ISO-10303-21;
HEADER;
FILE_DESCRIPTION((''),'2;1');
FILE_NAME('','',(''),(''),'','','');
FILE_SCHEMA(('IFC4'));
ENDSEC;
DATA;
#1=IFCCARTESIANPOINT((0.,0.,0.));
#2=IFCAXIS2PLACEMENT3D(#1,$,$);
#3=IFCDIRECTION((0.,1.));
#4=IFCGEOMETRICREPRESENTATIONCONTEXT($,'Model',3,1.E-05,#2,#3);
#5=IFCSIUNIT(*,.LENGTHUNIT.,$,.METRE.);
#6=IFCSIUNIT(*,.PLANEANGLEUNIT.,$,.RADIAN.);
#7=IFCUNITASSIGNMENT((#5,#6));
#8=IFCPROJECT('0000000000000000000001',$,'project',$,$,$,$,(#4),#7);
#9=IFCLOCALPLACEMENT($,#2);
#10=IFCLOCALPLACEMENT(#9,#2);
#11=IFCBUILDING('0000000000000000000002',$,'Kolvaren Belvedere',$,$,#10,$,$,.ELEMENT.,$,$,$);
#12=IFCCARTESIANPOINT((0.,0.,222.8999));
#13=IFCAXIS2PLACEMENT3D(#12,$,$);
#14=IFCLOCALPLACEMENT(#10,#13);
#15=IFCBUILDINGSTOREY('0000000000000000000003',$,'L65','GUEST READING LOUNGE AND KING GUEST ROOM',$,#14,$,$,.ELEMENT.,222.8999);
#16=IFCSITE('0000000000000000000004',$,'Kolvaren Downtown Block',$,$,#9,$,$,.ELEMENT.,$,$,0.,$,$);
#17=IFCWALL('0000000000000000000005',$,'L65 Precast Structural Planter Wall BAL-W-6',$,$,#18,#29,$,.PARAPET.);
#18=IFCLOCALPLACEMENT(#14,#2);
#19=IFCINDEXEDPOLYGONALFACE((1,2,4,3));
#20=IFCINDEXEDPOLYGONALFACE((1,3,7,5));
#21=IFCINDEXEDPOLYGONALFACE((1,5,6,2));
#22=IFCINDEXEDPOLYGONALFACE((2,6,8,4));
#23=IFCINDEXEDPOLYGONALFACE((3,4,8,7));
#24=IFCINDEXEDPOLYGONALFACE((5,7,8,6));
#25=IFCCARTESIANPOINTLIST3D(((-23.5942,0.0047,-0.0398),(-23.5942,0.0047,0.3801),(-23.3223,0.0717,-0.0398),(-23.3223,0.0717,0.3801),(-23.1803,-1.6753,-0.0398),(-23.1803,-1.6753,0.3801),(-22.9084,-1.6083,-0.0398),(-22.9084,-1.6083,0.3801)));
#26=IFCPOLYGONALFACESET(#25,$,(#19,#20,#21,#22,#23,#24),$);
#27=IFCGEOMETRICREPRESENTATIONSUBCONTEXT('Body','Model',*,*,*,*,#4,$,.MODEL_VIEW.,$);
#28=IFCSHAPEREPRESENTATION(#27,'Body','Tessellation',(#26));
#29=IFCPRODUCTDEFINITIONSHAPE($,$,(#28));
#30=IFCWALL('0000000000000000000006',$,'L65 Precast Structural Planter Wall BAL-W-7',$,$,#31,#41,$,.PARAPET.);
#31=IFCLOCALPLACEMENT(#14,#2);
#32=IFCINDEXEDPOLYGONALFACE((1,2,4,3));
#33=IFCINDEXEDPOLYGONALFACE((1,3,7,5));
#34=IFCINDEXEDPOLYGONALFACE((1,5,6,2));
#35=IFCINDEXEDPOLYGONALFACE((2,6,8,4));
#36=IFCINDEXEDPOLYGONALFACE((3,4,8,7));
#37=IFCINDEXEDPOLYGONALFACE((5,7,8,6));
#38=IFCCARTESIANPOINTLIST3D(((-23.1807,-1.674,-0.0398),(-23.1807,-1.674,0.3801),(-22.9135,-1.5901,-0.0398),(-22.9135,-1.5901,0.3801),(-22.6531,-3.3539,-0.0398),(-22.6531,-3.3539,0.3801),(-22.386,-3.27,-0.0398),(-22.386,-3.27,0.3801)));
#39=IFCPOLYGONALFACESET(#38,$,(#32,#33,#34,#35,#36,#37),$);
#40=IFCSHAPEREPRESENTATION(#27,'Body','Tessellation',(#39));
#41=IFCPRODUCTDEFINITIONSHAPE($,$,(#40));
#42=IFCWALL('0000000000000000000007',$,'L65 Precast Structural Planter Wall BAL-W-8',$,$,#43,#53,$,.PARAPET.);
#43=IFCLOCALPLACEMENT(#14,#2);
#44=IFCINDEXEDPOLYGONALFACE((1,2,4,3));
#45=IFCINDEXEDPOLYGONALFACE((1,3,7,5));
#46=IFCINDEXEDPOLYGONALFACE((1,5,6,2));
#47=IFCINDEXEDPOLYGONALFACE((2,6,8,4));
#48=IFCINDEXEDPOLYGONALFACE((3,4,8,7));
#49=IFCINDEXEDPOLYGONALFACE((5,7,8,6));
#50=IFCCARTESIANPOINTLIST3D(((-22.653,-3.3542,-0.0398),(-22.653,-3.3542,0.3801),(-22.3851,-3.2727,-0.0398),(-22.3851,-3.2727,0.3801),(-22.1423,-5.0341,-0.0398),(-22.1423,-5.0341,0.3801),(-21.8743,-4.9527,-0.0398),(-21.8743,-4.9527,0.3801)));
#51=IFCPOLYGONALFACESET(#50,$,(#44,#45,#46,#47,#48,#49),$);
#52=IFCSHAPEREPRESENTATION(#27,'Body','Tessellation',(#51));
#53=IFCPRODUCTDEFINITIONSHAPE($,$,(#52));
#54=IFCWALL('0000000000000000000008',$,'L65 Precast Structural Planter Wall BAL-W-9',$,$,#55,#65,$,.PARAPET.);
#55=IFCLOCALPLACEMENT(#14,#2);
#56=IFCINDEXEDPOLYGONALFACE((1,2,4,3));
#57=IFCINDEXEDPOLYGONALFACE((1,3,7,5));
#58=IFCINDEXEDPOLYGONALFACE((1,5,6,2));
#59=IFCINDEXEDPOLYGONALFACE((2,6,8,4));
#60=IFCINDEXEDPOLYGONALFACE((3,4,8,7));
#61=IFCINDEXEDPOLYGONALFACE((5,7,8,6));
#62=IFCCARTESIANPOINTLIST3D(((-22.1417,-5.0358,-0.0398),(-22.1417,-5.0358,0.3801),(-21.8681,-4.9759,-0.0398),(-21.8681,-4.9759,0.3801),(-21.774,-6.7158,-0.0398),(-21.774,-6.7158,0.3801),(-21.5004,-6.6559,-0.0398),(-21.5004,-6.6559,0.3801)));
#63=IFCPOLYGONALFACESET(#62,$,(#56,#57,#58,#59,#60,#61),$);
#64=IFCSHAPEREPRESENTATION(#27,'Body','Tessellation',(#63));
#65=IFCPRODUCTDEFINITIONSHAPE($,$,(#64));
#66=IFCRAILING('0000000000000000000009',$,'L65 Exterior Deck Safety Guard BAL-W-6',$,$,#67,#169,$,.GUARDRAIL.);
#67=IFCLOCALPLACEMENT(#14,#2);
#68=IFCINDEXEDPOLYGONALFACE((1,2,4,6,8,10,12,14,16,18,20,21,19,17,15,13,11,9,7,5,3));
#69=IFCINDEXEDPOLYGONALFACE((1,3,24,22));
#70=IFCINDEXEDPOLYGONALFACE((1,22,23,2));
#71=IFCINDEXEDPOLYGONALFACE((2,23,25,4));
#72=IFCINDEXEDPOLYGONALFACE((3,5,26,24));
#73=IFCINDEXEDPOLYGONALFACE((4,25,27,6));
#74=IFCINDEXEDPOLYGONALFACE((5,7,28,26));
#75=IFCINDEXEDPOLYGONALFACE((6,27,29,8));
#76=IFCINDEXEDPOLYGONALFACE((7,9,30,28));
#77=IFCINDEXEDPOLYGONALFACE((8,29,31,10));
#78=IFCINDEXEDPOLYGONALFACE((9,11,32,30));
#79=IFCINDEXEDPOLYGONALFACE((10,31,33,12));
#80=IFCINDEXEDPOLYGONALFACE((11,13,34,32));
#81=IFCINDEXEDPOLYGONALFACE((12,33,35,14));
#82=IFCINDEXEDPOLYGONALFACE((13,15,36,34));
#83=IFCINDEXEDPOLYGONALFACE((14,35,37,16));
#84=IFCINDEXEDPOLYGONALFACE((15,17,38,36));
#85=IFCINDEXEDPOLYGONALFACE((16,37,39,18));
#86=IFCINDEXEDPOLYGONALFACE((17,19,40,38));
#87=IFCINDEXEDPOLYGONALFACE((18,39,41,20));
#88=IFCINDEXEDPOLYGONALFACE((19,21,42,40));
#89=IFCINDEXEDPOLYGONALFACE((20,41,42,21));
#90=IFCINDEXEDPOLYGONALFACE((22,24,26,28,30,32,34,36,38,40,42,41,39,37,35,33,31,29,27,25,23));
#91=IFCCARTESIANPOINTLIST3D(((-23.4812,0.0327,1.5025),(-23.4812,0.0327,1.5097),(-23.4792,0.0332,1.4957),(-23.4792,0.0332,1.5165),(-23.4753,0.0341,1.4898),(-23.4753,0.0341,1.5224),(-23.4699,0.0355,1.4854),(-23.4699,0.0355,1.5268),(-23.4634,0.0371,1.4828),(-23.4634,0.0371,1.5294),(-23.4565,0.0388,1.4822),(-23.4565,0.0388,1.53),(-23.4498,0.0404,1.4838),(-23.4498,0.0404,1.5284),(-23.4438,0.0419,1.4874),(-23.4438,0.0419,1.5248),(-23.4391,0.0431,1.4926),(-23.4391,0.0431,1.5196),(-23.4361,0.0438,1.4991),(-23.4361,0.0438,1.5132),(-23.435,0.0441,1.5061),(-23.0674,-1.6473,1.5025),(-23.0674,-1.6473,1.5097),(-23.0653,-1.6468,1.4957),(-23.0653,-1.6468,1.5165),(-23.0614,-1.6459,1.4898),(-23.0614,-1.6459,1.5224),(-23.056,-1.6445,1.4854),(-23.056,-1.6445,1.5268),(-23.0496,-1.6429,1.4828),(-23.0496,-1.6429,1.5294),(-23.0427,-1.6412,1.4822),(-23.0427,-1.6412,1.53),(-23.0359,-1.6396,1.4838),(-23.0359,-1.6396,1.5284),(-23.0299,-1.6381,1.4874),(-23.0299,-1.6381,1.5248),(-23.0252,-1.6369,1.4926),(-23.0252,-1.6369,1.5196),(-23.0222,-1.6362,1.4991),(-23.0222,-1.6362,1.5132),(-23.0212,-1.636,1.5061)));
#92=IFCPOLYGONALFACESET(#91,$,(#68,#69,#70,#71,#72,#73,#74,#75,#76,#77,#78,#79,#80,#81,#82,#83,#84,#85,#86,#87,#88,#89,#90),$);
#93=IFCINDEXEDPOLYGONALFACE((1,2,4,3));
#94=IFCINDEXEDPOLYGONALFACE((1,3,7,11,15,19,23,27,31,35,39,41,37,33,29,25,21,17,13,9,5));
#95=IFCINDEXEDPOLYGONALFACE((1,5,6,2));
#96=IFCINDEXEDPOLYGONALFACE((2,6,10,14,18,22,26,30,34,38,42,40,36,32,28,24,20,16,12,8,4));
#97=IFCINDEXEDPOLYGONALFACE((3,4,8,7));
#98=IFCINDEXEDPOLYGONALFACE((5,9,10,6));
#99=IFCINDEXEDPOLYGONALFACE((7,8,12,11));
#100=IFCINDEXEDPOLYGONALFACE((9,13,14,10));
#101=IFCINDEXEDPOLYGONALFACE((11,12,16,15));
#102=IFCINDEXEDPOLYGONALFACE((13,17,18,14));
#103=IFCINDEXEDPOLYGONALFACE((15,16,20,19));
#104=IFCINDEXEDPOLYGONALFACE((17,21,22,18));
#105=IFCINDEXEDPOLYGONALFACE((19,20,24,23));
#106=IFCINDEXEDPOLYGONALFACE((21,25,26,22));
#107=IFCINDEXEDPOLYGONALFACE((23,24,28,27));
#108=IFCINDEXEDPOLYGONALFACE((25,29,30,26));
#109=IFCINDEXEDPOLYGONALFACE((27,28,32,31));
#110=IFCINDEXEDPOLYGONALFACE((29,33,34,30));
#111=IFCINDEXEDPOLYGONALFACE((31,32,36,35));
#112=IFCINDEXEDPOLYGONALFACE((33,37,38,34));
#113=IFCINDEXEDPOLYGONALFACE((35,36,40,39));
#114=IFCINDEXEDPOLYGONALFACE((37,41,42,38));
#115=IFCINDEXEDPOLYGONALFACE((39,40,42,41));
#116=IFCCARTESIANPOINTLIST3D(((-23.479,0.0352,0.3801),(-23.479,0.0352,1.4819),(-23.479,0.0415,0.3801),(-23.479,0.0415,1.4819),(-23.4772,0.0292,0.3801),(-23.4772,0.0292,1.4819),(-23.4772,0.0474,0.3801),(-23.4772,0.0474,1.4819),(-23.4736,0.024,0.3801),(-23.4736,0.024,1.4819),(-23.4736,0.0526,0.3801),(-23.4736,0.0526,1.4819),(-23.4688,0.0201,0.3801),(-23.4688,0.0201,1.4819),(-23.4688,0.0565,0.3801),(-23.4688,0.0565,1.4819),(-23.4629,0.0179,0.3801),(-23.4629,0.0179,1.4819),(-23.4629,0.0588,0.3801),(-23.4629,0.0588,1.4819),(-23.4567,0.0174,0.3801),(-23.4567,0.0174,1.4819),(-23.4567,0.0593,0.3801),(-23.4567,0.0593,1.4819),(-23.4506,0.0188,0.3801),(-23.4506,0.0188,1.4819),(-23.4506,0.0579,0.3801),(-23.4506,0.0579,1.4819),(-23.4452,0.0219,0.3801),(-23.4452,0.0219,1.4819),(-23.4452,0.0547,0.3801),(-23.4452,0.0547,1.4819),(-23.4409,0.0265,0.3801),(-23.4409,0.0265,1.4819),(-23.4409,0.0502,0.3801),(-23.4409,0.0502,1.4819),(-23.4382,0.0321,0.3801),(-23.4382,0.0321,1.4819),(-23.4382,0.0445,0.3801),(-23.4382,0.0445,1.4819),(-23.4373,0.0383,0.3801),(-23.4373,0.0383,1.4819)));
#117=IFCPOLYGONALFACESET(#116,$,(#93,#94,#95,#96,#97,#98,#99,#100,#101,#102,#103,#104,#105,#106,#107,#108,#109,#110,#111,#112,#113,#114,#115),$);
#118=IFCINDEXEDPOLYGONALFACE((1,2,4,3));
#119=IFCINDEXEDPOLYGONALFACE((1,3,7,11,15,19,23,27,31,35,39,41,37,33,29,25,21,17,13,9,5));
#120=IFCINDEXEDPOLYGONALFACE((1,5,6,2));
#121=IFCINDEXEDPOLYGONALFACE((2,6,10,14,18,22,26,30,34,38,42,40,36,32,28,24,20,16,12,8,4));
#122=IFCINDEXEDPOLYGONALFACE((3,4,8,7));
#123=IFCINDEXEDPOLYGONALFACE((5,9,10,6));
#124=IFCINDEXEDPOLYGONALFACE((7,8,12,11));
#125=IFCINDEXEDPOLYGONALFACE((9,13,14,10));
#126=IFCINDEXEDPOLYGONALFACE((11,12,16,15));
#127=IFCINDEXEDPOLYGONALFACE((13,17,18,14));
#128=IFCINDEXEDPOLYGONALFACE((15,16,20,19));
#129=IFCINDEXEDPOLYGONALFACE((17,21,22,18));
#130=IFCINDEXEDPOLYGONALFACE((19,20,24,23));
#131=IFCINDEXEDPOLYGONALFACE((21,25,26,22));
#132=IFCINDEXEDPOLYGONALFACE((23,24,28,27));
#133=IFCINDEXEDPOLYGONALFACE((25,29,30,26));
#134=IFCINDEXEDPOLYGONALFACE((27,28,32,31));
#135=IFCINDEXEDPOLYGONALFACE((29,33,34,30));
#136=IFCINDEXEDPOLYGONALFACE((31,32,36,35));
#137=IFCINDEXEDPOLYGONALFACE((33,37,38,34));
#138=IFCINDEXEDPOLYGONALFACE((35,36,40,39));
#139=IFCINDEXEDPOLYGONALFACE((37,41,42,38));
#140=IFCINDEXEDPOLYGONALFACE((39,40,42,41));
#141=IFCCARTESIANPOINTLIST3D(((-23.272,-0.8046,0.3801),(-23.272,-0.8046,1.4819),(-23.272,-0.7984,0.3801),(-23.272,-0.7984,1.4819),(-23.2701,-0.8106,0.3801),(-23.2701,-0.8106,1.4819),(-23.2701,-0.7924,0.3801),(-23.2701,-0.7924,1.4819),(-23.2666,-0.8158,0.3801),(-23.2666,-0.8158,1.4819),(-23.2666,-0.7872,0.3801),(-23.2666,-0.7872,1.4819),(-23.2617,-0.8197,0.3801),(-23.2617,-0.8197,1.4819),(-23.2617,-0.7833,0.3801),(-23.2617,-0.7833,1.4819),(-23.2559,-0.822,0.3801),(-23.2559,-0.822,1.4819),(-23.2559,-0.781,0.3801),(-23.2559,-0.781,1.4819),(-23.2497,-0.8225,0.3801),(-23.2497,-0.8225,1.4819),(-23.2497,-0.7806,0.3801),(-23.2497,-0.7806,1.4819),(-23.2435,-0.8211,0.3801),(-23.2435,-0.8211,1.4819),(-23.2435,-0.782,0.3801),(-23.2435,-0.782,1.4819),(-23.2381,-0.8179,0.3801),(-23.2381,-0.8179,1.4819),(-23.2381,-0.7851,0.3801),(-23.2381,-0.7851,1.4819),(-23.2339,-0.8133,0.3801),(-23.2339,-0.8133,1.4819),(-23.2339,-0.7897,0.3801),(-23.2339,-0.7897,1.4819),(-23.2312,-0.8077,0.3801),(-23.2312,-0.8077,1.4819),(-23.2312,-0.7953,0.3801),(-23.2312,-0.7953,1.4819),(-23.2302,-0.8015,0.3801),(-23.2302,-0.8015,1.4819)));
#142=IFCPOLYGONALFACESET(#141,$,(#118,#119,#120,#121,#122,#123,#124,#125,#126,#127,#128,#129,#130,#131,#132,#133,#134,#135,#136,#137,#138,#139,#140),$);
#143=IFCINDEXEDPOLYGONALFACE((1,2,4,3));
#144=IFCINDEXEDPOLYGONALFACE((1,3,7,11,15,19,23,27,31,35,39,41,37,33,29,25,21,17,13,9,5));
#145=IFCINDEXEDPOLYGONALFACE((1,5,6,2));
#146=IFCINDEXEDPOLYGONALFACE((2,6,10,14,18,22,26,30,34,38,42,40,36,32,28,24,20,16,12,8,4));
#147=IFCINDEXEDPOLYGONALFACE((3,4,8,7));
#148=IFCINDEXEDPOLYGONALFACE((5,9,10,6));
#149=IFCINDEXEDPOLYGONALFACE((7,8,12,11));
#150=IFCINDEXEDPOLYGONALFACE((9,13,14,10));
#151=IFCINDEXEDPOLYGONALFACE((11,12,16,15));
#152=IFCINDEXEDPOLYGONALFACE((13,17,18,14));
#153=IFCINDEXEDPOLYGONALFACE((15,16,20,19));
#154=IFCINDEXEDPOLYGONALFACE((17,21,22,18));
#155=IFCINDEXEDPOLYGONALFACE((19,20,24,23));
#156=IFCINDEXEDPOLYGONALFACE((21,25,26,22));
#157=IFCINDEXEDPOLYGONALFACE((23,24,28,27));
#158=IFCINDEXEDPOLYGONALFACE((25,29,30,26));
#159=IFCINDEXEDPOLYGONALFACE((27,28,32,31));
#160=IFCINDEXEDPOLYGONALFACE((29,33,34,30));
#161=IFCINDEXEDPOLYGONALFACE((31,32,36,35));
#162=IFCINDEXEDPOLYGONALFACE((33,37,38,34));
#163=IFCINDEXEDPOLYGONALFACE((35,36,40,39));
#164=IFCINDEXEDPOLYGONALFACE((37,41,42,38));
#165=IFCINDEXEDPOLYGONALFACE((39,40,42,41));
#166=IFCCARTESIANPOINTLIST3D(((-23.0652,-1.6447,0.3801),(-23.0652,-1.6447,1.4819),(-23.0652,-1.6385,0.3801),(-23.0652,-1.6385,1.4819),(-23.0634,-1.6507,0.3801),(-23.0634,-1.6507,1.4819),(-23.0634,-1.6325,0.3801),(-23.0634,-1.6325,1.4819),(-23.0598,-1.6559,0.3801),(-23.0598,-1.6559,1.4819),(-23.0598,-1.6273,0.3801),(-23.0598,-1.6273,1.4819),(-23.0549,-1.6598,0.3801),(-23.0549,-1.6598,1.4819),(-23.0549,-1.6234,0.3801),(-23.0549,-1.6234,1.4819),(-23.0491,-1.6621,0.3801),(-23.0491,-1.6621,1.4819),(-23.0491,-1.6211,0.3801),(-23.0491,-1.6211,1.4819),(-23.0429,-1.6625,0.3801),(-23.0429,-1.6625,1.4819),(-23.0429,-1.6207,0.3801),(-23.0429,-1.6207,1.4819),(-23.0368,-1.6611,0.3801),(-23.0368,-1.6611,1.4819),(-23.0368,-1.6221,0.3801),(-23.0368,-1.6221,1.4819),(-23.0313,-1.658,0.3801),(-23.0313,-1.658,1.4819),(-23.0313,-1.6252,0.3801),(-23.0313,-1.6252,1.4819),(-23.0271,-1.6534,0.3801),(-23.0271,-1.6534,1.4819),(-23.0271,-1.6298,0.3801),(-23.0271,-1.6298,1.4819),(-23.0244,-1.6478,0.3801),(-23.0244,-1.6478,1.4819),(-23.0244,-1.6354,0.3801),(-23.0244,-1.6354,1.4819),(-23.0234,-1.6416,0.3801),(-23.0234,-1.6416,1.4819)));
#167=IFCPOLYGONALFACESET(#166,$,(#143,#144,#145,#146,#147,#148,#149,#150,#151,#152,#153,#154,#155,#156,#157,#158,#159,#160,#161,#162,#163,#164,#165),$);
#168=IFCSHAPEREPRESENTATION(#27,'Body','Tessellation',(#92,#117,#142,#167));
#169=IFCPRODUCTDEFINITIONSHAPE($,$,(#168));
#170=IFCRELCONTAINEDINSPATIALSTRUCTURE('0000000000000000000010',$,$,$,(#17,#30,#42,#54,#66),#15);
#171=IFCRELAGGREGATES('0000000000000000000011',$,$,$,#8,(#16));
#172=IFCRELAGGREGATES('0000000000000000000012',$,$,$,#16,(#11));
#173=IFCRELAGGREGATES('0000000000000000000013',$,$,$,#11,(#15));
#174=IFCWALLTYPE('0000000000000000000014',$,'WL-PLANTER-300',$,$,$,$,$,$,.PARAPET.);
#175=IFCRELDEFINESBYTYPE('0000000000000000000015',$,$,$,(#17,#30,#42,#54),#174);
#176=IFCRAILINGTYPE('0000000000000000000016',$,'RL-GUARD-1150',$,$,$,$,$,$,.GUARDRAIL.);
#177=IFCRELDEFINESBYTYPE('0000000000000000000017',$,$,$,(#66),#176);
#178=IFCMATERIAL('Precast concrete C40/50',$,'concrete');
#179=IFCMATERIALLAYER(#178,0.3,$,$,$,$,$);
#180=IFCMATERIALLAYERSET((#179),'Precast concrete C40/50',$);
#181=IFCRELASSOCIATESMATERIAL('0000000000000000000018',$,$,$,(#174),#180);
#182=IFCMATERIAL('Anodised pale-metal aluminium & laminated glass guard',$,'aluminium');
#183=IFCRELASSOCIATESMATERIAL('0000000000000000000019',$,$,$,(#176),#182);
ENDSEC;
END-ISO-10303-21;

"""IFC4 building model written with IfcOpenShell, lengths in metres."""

from ifc_helpers import new_model, si_unit, direction, frame, frame_2d, origin, origin_2d, place, context, subcontext, project, spatial, rectangle, circle, extrude, material, layer, layer_set, type_object, element, save


model = new_model("IFC4")

# Units and contexts
model_context = context("Model", 3, precision=1e-05, world=origin(), true_north=direction((0.0, 1.0)))
body_context = subcontext(model_context, "Body", "Model", "MODEL_VIEW")
ifc_project = project(units=[si_unit("LENGTHUNIT", "METRE"), si_unit("PLANEANGLEUNIT", "RADIAN")], contexts=[model_context])

# Site, building, storey
site_placement = place(None, origin())
site = spatial("IfcSite", under=ifc_project, at=site_placement, Name="Kolvaren Downtown Block", CompositionType="ELEMENT", RefElevation=0.0)
building_placement = place(site_placement, origin())
building = spatial("IfcBuilding", under=site, at=building_placement, Name="Kolvaren Belvedere", CompositionType="ELEMENT")
storey_placement = place(building_placement, frame((0.0, 0.0, 222.8999)))
storey = spatial("IfcBuildingStorey", under=building, at=storey_placement, Name="L65", Description="GUEST READING LOUNGE AND KING GUEST ROOM", CompositionType="ELEMENT", Elevation=222.8999)

# Walls
ifc_material_1 = material(Name="Precast concrete C40/50", Category="concrete")
ifc_layer_1 = layer(ifc_material_1, 0.3)
ifc_layer_set_1 = layer_set([ifc_layer_1], Name="Precast concrete C40/50")
wall_type_1 = type_object("IfcWallType", Name="WL-PLANTER-300", PredefinedType="PARAPET", material=ifc_layer_set_1)
wall_1_placement = place(storey_placement, frame((-23.4583, 0.0383, -0.0398), z_axis=(0.0, 0.0, 1.0), x_axis=(0.239181, -0.970975, 0.0)))
element("IfcWall", 1, at=wall_1_placement, inside=storey, type_object=wall_type_1, Name="L65 Precast Structural Planter Wall BAL-W-6", PredefinedType="PARAPET", context=body_context, shape_type="SweptSolid", body=[
    extrude(rectangle(XDim=1.7302, YDim=0.28, at=frame_2d((0.8652, 0.0))), origin(), (0.0, 0.0, 1.0), 0.4199),
])
wall_2_placement = place(storey_placement, frame((-23.0471, -1.6321, -0.0398), z_axis=(0.0, 0.0, 1.0), x_axis=(0.299625, -0.954057, 0.0)))
element("IfcWall", 2, at=wall_2_placement, inside=storey, type_object=wall_type_1, Name="L65 Precast Structural Planter Wall BAL-W-7", PredefinedType="PARAPET", context=body_context, shape_type="SweptSolid", body=[
    extrude(rectangle(XDim=1.7607, YDim=0.28, at=frame_2d((0.8804, 0.0))), origin(), (0.0, 0.0, 1.0), 0.4199),
])
wall_3_placement = place(storey_placement, frame((-22.519, -3.3135, -0.0398), z_axis=(0.0, 0.0, 1.0), x_axis=(0.290879, -0.95676, 0.0)))
element("IfcWall", 3, at=wall_3_placement, inside=storey, type_object=wall_type_1, Name="L65 Precast Structural Planter Wall BAL-W-8", PredefinedType="PARAPET", context=body_context, shape_type="SweptSolid", body=[
    extrude(rectangle(XDim=1.7559, YDim=0.28, at=frame_2d((0.8779, 0.0))), origin(), (0.0, 0.0, 1.0), 0.4199),
])
wall_4_placement = place(storey_placement, frame((-22.0049, -5.0059, -0.0398), z_axis=(0.0, 0.0, 1.0), x_axis=(0.213803, -0.976877, 0.0)))
element("IfcWall", 4, at=wall_4_placement, inside=storey, type_object=wall_type_1, Name="L65 Precast Structural Planter Wall BAL-W-9", PredefinedType="PARAPET", context=body_context, shape_type="SweptSolid", body=[
    extrude(rectangle(XDim=1.7197, YDim=0.28, at=frame_2d((0.8599, 0.0))), origin(), (0.0, 0.0, 1.0), 0.4199),
])

# Railing
ifc_material_2 = material(Name="Anodised pale-metal aluminium & laminated glass guard", Category="aluminium")
railing_type = type_object("IfcRailingType", Name="RL-GUARD-1150", PredefinedType="GUARDRAIL", material=ifc_material_2)
railing_1_placement = place(storey_placement, frame((-23.4583, 0.0383, 0.3801)))
element("IfcRailing", 5, at=railing_1_placement, inside=storey, type_object=railing_type, Name="L65 Exterior Deck Safety Guard BAL-W-6", PredefinedType="GUARDRAIL", context=body_context, shape_type="SweptSolid", body=[
    extrude(circle(Radius=0.0239, at=origin_2d()), frame((0.0, 0.0, 1.126), z_axis=(0.239181, -0.970975, 0.0), x_axis=(0.970975, 0.239181, 0.0)), (0.0, 0.0, 1.0), 1.7302),
    extrude(circle(Radius=0.021, at=origin_2d()), origin(), (0.0, 0.0, 1.0), 1.1018),
    extrude(circle(Radius=0.021, at=origin_2d()), frame((0.207, -0.8398, 0.0)), (0.0, 0.0, 1.0), 1.1018),
    extrude(circle(Radius=0.021, at=origin_2d()), frame((0.4138, -1.6799, 0.0)), (0.0, 0.0, 1.0), 1.1018),
])

save(model, "model.ifc")
